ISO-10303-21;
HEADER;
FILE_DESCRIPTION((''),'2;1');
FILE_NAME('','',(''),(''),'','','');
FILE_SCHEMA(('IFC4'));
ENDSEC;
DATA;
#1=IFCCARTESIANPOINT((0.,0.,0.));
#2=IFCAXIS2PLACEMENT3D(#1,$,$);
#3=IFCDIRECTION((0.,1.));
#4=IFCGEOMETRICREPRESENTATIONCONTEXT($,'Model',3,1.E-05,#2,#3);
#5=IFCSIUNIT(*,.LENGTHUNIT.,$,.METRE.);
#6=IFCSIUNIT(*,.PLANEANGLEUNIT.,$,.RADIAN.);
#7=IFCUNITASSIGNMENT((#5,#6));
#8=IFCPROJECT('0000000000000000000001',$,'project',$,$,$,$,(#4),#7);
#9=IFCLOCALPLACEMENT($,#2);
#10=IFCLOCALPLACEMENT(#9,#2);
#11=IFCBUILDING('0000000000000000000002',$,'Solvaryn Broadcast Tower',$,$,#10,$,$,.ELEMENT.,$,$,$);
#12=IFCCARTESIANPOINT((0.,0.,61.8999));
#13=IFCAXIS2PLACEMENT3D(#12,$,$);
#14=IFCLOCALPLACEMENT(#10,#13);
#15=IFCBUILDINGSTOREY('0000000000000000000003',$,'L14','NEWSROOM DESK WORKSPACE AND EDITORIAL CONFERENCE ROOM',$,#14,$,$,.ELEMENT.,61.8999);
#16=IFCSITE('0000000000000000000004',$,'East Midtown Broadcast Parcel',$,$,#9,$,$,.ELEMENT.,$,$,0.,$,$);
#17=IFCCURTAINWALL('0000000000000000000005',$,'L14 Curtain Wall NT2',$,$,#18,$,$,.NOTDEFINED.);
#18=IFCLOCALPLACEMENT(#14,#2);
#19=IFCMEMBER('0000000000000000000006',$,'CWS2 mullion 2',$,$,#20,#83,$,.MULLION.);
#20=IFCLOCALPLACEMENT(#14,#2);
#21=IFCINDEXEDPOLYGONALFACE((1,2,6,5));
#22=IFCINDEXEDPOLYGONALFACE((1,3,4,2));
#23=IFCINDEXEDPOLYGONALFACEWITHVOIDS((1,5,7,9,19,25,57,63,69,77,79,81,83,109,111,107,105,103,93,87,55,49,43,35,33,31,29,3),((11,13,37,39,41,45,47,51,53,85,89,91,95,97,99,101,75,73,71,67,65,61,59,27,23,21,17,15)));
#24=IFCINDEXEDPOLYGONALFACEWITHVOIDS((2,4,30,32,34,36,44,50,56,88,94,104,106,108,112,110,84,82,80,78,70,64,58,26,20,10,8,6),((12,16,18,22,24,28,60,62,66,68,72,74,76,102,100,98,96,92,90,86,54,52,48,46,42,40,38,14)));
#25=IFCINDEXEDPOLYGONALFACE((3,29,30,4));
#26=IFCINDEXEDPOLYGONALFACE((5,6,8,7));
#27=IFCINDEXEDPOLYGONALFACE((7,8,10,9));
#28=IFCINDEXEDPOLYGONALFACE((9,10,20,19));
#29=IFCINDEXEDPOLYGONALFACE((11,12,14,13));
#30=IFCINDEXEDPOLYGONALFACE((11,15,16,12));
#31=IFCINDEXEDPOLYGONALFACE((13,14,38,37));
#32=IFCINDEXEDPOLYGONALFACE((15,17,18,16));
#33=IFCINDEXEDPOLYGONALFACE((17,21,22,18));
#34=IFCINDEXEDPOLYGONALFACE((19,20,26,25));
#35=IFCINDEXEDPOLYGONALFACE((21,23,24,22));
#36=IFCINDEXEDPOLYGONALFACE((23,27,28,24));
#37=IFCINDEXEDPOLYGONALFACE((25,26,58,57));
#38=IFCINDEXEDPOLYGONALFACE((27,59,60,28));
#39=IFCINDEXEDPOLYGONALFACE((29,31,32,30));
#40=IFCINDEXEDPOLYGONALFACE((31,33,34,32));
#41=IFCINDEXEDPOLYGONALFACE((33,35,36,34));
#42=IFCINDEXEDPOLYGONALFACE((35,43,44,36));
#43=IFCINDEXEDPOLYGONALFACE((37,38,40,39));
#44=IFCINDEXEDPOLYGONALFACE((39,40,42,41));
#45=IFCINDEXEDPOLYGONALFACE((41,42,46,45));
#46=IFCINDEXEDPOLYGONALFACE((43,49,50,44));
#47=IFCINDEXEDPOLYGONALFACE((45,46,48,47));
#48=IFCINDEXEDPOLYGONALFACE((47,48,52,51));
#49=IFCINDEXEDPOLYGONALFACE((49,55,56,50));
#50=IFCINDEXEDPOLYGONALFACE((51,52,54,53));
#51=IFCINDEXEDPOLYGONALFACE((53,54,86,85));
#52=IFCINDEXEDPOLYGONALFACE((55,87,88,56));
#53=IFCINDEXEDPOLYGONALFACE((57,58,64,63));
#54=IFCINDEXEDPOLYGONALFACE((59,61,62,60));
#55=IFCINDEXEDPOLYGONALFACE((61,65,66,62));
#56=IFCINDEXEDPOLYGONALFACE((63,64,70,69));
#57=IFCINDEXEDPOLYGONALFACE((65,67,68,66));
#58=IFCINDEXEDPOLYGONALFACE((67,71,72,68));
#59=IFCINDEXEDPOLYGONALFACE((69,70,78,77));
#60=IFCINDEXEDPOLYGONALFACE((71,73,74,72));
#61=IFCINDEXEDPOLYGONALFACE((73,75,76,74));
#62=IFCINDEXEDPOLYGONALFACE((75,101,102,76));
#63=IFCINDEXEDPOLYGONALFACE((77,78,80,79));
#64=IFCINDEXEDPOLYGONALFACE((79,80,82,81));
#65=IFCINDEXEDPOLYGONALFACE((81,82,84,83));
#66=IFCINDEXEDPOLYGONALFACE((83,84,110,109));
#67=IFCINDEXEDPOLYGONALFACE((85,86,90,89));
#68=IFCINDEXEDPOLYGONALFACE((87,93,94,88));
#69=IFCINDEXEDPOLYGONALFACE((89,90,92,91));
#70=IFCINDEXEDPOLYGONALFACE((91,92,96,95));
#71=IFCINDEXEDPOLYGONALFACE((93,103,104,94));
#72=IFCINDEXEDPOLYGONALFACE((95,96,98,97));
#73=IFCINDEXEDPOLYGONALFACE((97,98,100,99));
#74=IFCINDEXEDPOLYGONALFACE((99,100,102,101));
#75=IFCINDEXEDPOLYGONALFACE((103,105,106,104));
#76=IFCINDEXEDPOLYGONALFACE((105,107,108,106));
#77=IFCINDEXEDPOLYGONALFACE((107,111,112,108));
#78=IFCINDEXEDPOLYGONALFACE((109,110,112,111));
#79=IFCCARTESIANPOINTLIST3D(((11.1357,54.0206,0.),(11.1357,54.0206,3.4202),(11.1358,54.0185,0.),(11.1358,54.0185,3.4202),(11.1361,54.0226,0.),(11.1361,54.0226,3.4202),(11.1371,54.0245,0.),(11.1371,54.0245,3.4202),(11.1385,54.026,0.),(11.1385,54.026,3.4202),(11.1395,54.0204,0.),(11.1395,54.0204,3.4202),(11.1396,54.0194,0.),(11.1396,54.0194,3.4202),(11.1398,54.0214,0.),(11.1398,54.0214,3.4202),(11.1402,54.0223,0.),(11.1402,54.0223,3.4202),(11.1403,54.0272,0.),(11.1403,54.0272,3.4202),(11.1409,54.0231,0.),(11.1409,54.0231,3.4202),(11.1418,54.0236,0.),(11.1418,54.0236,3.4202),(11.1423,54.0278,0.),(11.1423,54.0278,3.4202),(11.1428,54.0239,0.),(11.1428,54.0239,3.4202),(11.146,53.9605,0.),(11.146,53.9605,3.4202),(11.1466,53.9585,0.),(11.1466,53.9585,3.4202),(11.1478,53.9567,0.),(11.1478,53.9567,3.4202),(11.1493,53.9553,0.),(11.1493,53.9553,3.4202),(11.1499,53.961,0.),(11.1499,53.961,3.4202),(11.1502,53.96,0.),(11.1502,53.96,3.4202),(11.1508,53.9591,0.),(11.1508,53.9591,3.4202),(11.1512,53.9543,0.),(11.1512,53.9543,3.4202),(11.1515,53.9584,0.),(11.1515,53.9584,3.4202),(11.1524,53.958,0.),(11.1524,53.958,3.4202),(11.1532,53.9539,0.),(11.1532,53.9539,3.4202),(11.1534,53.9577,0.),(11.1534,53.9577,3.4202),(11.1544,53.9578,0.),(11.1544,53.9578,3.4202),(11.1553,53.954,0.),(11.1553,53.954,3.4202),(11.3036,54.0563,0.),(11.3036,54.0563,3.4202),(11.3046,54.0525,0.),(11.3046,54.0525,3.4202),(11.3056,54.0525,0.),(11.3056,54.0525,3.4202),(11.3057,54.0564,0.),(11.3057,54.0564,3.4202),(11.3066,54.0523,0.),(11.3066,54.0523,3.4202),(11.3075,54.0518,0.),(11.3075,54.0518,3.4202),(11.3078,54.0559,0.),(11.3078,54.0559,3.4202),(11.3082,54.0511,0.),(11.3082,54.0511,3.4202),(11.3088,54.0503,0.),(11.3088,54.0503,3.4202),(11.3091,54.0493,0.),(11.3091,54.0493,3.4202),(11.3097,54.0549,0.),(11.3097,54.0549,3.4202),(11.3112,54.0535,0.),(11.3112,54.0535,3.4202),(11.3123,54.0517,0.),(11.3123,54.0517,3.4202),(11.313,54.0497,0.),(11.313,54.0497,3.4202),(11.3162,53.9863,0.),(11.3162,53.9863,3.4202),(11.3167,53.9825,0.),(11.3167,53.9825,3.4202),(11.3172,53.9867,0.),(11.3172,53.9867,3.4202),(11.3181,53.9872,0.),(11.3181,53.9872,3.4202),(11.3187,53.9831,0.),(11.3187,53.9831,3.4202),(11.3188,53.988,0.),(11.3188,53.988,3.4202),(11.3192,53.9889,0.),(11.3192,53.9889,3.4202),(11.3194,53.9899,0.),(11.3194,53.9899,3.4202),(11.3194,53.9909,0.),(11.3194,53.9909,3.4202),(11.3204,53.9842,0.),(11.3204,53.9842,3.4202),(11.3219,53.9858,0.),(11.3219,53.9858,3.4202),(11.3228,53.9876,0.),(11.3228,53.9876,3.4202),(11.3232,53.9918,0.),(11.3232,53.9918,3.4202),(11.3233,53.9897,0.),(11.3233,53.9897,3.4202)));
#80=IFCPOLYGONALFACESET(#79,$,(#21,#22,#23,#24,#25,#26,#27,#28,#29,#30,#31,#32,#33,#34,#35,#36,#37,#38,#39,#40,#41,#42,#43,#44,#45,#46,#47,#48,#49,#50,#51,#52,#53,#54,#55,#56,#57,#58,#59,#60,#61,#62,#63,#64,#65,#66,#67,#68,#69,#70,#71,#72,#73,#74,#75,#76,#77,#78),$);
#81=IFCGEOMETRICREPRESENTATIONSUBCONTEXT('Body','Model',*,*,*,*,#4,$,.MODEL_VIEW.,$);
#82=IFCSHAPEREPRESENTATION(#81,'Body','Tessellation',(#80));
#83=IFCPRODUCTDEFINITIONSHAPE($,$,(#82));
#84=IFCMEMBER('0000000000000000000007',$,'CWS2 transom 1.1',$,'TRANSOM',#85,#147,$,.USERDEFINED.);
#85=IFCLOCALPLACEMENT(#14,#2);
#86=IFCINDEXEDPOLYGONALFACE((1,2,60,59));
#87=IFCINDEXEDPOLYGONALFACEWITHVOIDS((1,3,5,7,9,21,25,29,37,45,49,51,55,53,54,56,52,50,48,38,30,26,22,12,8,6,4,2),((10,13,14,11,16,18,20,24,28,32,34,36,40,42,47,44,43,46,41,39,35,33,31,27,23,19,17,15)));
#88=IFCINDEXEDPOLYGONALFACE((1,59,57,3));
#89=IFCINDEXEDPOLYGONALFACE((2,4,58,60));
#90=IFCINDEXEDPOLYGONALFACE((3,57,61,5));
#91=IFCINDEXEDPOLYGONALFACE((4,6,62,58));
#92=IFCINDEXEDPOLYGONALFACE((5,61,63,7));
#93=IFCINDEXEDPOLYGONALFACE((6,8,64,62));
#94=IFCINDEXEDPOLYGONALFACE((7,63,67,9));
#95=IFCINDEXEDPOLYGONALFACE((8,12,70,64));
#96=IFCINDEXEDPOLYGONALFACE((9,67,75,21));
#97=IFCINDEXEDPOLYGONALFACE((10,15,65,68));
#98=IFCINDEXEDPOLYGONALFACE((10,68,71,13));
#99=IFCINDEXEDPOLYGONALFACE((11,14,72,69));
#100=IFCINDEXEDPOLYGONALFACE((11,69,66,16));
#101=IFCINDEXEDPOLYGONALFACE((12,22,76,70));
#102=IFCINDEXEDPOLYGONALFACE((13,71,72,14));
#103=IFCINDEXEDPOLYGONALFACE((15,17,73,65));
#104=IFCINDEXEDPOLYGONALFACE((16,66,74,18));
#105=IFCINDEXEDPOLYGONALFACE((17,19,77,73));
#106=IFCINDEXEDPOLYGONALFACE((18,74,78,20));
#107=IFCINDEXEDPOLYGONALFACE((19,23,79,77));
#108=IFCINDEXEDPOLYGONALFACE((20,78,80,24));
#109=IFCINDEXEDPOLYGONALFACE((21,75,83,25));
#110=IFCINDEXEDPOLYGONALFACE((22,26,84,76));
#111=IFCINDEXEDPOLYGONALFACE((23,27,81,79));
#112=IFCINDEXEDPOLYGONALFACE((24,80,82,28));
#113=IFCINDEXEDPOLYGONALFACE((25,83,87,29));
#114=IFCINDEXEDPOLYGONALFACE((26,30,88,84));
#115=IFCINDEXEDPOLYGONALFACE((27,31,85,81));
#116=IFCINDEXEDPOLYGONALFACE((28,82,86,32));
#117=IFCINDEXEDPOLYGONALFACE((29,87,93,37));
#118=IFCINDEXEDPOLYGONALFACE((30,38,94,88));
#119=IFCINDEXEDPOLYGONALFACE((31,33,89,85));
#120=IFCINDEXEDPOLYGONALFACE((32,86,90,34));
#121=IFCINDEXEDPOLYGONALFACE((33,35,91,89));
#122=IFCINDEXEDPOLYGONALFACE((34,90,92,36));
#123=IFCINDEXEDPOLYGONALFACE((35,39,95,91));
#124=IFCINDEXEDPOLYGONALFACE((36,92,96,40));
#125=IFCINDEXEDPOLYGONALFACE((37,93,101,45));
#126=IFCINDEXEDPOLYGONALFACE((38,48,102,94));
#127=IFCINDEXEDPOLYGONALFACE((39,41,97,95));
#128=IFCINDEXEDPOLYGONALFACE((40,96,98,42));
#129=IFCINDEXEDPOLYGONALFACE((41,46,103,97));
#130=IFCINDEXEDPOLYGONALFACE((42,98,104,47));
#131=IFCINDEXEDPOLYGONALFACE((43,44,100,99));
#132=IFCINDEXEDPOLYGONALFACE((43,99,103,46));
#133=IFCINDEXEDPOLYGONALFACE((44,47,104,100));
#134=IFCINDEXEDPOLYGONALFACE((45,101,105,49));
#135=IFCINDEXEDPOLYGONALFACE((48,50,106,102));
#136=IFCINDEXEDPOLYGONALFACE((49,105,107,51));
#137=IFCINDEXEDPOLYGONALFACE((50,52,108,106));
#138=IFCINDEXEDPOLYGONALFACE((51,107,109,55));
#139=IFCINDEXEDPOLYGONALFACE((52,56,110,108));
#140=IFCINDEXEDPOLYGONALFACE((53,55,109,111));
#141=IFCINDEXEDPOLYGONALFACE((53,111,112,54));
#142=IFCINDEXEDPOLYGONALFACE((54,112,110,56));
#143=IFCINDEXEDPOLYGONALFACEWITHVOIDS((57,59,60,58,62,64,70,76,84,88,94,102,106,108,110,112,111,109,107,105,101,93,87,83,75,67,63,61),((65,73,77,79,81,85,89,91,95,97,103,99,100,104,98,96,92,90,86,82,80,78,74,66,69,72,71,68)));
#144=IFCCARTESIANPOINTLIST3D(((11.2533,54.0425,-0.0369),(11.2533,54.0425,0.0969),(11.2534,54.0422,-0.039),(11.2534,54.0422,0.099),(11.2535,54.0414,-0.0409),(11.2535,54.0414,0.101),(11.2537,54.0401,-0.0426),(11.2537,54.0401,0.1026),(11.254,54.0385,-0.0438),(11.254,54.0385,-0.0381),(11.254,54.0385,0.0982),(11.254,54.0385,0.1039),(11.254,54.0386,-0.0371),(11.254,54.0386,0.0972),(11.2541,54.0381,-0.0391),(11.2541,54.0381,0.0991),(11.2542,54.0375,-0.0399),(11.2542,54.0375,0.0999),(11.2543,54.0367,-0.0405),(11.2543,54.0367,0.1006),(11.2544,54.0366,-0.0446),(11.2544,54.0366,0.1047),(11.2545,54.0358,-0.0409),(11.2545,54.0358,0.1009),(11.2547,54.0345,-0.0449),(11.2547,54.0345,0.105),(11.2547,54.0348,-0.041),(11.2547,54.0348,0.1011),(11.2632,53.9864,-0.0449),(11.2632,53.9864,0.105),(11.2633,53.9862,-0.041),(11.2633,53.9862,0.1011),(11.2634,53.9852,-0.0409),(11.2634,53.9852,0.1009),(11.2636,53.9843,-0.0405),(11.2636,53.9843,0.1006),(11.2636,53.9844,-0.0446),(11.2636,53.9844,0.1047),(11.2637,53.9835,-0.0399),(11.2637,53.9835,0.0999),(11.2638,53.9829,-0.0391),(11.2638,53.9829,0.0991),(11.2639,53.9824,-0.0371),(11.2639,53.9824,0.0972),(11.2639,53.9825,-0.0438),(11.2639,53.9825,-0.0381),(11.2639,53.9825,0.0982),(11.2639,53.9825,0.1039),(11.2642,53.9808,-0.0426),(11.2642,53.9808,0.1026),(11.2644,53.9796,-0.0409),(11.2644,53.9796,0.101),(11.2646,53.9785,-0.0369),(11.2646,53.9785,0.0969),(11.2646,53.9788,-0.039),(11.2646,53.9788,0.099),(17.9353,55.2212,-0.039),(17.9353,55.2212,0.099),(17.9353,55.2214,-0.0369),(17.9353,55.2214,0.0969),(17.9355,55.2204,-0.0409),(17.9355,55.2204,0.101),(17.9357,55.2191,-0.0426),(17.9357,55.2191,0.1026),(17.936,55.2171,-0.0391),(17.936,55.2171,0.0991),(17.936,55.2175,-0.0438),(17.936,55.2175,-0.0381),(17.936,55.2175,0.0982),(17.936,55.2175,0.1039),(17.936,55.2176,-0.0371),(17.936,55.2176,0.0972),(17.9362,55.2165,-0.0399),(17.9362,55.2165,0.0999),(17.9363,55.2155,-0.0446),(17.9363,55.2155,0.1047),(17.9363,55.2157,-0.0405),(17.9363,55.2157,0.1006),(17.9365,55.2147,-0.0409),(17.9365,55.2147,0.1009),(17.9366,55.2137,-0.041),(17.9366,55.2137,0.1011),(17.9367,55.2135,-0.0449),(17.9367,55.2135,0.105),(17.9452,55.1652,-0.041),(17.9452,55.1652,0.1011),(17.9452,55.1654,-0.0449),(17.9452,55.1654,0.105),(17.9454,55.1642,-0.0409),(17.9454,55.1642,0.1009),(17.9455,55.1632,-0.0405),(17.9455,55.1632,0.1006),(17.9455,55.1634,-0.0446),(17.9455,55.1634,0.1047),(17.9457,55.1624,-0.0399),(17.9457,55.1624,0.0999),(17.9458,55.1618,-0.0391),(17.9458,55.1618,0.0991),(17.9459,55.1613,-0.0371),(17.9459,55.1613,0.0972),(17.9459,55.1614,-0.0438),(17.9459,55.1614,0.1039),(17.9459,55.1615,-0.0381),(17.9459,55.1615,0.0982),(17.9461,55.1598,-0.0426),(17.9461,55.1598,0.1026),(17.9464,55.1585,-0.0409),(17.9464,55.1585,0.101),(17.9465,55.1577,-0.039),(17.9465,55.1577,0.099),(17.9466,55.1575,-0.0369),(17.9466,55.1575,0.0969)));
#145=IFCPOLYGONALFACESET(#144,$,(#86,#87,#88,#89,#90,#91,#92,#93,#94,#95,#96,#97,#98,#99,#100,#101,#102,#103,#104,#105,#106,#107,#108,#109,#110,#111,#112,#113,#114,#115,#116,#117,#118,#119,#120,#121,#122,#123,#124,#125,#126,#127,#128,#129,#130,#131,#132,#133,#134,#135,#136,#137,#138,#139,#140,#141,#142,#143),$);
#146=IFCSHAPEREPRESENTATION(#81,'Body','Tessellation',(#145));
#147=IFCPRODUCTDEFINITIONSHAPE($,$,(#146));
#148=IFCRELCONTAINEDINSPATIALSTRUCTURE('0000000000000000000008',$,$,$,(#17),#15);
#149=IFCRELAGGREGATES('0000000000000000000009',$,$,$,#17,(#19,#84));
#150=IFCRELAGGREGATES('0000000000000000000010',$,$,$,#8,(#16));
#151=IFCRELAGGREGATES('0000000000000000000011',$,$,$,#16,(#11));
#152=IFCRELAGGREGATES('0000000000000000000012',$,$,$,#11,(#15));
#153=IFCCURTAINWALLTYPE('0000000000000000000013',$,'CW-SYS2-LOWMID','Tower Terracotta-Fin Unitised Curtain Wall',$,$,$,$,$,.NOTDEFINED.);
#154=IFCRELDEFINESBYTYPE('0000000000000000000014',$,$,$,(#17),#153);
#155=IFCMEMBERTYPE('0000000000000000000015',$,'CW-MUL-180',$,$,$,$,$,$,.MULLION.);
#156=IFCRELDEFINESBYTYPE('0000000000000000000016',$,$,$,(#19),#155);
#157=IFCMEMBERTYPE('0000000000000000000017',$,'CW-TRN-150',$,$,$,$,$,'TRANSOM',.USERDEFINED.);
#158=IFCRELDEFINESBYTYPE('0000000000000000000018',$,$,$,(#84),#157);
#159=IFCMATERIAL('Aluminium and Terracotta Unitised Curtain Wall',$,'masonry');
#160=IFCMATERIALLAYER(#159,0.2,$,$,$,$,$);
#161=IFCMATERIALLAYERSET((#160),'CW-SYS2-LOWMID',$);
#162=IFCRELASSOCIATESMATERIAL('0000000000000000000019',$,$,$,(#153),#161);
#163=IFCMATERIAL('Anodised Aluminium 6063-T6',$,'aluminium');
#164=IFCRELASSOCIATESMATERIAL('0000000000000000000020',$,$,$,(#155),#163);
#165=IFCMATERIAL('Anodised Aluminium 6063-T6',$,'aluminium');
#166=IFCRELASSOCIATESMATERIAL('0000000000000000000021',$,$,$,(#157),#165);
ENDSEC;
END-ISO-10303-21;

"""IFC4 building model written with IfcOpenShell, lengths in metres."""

from ifc_helpers import new_model, si_unit, direction, frame, origin, origin_2d, place, context, subcontext, project, spatial, hollow_rectangle, extrude, material, layer, layer_set, material_profile, profile_set, type_object, element, aggregate, save


model = new_model("IFC4")

# Units and contexts
model_context = context("Model", 3, precision=1e-05, world=origin(), true_north=direction((0.0, 1.0)))
body_context = subcontext(model_context, "Body", "Model", "MODEL_VIEW")
ifc_project = project(units=[si_unit("LENGTHUNIT", "METRE"), si_unit("PLANEANGLEUNIT", "RADIAN")], contexts=[model_context])

# Site, building, storey
site_placement = place(None, origin())
site = spatial("IfcSite", under=ifc_project, at=site_placement, Name="East Midtown Broadcast Parcel", CompositionType="ELEMENT", RefElevation=0.0)
building_placement = place(site_placement, origin())
building = spatial("IfcBuilding", under=site, at=building_placement, Name="Solvaryn Broadcast Tower", CompositionType="ELEMENT")
storey_placement = place(building_placement, frame((0.0, 0.0, 61.8999)))
storey = spatial("IfcBuildingStorey", under=building, at=storey_placement, Name="L14", Description="NEWSROOM DESK WORKSPACE AND EDITORIAL CONFERENCE ROOM", CompositionType="ELEMENT", Elevation=61.8999)

# Shared definitions
ifc_material_1 = material(Name="Aluminium and Terracotta Unitised Curtain Wall", Category="masonry")
ifc_layer_1 = layer(ifc_material_1, 0.2)
ifc_layer_set_1 = layer_set([ifc_layer_1], Name="CW-SYS2-LOWMID")
curtain_wall_type = type_object("IfcCurtainWallType", Name="CW-SYS2-LOWMID", Description="Tower Terracotta-Fin Unitised Curtain Wall", PredefinedType="NOTDEFINED", material=ifc_layer_set_1)
ifc_material_2 = material(Name="Anodised Aluminium 6063-T6", Category="aluminium")
ifc_material_profile_1 = material_profile(ifc_material_2, hollow_rectangle(XDim=0.075, YDim=0.1799, WallThickness=0.0039, InnerFilletRadius=0.0039, OuterFilletRadius=0.0081, at=origin_2d()))
ifc_profile_set_1 = profile_set([ifc_material_profile_1], Name="Anodised Aluminium 6063-T6")
member_type_1 = type_object("IfcMemberType", Name="CW-MUL-180", PredefinedType="MULLION", material=ifc_profile_set_1)

# Curtain wall, members
curtain_wall_1_placement = place(storey_placement, origin())
curtain_wall_1 = element("IfcCurtainWall", 1, at=curtain_wall_1_placement, inside=storey, type_object=curtain_wall_type, Name="L14 Curtain Wall NT2", PredefinedType="NOTDEFINED")
member_1_placement = place(storey_placement, frame((11.2295, 54.0051, 0.0), z_axis=(0.0, 0.0, 1.0), x_axis=(0.173785, -0.984784, 0.0)))
member_1 = element("IfcMember", 2, at=member_1_placement, type_object=member_type_1, Name="CWS2 mullion 2", PredefinedType="MULLION", context=body_context, shape_type="SweptSolid", body=[
    extrude(hollow_rectangle(XDim=0.075, YDim=0.1799, WallThickness=0.0039, InnerFilletRadius=0.0039, OuterFilletRadius=0.0081, at=origin_2d()), origin(), (0.0, 0.0, 1.0), 3.4202),
])
ifc_material_3 = material(Name="Anodised Aluminium 6063-T6", Category="aluminium")
ifc_material_profile_2 = material_profile(ifc_material_3, hollow_rectangle(XDim=0.0649, YDim=0.1499, WallThickness=0.0039, InnerFilletRadius=0.0039, OuterFilletRadius=0.0081, at=origin_2d()))
ifc_profile_set_2 = profile_set([ifc_material_profile_2], Name="Anodised Aluminium 6063-T6")
member_type_2 = type_object("IfcMemberType", Name="CW-TRN-150", ElementType="TRANSOM", PredefinedType="USERDEFINED", material=ifc_profile_set_2)
member_2_placement = place(storey_placement, frame((17.9409, 55.1895, 0.03), z_axis=(-0.984789, -0.173757, 0.0), x_axis=(0.173757, -0.984789, 0.0)))
member_2 = element("IfcMember", 3, at=member_2_placement, type_object=member_type_2, Name="CWS2 transom 1.1", ObjectType="TRANSOM", PredefinedType="USERDEFINED", context=body_context, shape_type="SweptSolid", body=[
    extrude(hollow_rectangle(XDim=0.0649, YDim=0.1499, WallThickness=0.0039, InnerFilletRadius=0.0039, OuterFilletRadius=0.0081, at=origin_2d()), origin(), (0.0, 0.0, 1.0), 6.7852),
])

aggregate(curtain_wall_1, [member_1, member_2])

save(model, "model.ifc")
